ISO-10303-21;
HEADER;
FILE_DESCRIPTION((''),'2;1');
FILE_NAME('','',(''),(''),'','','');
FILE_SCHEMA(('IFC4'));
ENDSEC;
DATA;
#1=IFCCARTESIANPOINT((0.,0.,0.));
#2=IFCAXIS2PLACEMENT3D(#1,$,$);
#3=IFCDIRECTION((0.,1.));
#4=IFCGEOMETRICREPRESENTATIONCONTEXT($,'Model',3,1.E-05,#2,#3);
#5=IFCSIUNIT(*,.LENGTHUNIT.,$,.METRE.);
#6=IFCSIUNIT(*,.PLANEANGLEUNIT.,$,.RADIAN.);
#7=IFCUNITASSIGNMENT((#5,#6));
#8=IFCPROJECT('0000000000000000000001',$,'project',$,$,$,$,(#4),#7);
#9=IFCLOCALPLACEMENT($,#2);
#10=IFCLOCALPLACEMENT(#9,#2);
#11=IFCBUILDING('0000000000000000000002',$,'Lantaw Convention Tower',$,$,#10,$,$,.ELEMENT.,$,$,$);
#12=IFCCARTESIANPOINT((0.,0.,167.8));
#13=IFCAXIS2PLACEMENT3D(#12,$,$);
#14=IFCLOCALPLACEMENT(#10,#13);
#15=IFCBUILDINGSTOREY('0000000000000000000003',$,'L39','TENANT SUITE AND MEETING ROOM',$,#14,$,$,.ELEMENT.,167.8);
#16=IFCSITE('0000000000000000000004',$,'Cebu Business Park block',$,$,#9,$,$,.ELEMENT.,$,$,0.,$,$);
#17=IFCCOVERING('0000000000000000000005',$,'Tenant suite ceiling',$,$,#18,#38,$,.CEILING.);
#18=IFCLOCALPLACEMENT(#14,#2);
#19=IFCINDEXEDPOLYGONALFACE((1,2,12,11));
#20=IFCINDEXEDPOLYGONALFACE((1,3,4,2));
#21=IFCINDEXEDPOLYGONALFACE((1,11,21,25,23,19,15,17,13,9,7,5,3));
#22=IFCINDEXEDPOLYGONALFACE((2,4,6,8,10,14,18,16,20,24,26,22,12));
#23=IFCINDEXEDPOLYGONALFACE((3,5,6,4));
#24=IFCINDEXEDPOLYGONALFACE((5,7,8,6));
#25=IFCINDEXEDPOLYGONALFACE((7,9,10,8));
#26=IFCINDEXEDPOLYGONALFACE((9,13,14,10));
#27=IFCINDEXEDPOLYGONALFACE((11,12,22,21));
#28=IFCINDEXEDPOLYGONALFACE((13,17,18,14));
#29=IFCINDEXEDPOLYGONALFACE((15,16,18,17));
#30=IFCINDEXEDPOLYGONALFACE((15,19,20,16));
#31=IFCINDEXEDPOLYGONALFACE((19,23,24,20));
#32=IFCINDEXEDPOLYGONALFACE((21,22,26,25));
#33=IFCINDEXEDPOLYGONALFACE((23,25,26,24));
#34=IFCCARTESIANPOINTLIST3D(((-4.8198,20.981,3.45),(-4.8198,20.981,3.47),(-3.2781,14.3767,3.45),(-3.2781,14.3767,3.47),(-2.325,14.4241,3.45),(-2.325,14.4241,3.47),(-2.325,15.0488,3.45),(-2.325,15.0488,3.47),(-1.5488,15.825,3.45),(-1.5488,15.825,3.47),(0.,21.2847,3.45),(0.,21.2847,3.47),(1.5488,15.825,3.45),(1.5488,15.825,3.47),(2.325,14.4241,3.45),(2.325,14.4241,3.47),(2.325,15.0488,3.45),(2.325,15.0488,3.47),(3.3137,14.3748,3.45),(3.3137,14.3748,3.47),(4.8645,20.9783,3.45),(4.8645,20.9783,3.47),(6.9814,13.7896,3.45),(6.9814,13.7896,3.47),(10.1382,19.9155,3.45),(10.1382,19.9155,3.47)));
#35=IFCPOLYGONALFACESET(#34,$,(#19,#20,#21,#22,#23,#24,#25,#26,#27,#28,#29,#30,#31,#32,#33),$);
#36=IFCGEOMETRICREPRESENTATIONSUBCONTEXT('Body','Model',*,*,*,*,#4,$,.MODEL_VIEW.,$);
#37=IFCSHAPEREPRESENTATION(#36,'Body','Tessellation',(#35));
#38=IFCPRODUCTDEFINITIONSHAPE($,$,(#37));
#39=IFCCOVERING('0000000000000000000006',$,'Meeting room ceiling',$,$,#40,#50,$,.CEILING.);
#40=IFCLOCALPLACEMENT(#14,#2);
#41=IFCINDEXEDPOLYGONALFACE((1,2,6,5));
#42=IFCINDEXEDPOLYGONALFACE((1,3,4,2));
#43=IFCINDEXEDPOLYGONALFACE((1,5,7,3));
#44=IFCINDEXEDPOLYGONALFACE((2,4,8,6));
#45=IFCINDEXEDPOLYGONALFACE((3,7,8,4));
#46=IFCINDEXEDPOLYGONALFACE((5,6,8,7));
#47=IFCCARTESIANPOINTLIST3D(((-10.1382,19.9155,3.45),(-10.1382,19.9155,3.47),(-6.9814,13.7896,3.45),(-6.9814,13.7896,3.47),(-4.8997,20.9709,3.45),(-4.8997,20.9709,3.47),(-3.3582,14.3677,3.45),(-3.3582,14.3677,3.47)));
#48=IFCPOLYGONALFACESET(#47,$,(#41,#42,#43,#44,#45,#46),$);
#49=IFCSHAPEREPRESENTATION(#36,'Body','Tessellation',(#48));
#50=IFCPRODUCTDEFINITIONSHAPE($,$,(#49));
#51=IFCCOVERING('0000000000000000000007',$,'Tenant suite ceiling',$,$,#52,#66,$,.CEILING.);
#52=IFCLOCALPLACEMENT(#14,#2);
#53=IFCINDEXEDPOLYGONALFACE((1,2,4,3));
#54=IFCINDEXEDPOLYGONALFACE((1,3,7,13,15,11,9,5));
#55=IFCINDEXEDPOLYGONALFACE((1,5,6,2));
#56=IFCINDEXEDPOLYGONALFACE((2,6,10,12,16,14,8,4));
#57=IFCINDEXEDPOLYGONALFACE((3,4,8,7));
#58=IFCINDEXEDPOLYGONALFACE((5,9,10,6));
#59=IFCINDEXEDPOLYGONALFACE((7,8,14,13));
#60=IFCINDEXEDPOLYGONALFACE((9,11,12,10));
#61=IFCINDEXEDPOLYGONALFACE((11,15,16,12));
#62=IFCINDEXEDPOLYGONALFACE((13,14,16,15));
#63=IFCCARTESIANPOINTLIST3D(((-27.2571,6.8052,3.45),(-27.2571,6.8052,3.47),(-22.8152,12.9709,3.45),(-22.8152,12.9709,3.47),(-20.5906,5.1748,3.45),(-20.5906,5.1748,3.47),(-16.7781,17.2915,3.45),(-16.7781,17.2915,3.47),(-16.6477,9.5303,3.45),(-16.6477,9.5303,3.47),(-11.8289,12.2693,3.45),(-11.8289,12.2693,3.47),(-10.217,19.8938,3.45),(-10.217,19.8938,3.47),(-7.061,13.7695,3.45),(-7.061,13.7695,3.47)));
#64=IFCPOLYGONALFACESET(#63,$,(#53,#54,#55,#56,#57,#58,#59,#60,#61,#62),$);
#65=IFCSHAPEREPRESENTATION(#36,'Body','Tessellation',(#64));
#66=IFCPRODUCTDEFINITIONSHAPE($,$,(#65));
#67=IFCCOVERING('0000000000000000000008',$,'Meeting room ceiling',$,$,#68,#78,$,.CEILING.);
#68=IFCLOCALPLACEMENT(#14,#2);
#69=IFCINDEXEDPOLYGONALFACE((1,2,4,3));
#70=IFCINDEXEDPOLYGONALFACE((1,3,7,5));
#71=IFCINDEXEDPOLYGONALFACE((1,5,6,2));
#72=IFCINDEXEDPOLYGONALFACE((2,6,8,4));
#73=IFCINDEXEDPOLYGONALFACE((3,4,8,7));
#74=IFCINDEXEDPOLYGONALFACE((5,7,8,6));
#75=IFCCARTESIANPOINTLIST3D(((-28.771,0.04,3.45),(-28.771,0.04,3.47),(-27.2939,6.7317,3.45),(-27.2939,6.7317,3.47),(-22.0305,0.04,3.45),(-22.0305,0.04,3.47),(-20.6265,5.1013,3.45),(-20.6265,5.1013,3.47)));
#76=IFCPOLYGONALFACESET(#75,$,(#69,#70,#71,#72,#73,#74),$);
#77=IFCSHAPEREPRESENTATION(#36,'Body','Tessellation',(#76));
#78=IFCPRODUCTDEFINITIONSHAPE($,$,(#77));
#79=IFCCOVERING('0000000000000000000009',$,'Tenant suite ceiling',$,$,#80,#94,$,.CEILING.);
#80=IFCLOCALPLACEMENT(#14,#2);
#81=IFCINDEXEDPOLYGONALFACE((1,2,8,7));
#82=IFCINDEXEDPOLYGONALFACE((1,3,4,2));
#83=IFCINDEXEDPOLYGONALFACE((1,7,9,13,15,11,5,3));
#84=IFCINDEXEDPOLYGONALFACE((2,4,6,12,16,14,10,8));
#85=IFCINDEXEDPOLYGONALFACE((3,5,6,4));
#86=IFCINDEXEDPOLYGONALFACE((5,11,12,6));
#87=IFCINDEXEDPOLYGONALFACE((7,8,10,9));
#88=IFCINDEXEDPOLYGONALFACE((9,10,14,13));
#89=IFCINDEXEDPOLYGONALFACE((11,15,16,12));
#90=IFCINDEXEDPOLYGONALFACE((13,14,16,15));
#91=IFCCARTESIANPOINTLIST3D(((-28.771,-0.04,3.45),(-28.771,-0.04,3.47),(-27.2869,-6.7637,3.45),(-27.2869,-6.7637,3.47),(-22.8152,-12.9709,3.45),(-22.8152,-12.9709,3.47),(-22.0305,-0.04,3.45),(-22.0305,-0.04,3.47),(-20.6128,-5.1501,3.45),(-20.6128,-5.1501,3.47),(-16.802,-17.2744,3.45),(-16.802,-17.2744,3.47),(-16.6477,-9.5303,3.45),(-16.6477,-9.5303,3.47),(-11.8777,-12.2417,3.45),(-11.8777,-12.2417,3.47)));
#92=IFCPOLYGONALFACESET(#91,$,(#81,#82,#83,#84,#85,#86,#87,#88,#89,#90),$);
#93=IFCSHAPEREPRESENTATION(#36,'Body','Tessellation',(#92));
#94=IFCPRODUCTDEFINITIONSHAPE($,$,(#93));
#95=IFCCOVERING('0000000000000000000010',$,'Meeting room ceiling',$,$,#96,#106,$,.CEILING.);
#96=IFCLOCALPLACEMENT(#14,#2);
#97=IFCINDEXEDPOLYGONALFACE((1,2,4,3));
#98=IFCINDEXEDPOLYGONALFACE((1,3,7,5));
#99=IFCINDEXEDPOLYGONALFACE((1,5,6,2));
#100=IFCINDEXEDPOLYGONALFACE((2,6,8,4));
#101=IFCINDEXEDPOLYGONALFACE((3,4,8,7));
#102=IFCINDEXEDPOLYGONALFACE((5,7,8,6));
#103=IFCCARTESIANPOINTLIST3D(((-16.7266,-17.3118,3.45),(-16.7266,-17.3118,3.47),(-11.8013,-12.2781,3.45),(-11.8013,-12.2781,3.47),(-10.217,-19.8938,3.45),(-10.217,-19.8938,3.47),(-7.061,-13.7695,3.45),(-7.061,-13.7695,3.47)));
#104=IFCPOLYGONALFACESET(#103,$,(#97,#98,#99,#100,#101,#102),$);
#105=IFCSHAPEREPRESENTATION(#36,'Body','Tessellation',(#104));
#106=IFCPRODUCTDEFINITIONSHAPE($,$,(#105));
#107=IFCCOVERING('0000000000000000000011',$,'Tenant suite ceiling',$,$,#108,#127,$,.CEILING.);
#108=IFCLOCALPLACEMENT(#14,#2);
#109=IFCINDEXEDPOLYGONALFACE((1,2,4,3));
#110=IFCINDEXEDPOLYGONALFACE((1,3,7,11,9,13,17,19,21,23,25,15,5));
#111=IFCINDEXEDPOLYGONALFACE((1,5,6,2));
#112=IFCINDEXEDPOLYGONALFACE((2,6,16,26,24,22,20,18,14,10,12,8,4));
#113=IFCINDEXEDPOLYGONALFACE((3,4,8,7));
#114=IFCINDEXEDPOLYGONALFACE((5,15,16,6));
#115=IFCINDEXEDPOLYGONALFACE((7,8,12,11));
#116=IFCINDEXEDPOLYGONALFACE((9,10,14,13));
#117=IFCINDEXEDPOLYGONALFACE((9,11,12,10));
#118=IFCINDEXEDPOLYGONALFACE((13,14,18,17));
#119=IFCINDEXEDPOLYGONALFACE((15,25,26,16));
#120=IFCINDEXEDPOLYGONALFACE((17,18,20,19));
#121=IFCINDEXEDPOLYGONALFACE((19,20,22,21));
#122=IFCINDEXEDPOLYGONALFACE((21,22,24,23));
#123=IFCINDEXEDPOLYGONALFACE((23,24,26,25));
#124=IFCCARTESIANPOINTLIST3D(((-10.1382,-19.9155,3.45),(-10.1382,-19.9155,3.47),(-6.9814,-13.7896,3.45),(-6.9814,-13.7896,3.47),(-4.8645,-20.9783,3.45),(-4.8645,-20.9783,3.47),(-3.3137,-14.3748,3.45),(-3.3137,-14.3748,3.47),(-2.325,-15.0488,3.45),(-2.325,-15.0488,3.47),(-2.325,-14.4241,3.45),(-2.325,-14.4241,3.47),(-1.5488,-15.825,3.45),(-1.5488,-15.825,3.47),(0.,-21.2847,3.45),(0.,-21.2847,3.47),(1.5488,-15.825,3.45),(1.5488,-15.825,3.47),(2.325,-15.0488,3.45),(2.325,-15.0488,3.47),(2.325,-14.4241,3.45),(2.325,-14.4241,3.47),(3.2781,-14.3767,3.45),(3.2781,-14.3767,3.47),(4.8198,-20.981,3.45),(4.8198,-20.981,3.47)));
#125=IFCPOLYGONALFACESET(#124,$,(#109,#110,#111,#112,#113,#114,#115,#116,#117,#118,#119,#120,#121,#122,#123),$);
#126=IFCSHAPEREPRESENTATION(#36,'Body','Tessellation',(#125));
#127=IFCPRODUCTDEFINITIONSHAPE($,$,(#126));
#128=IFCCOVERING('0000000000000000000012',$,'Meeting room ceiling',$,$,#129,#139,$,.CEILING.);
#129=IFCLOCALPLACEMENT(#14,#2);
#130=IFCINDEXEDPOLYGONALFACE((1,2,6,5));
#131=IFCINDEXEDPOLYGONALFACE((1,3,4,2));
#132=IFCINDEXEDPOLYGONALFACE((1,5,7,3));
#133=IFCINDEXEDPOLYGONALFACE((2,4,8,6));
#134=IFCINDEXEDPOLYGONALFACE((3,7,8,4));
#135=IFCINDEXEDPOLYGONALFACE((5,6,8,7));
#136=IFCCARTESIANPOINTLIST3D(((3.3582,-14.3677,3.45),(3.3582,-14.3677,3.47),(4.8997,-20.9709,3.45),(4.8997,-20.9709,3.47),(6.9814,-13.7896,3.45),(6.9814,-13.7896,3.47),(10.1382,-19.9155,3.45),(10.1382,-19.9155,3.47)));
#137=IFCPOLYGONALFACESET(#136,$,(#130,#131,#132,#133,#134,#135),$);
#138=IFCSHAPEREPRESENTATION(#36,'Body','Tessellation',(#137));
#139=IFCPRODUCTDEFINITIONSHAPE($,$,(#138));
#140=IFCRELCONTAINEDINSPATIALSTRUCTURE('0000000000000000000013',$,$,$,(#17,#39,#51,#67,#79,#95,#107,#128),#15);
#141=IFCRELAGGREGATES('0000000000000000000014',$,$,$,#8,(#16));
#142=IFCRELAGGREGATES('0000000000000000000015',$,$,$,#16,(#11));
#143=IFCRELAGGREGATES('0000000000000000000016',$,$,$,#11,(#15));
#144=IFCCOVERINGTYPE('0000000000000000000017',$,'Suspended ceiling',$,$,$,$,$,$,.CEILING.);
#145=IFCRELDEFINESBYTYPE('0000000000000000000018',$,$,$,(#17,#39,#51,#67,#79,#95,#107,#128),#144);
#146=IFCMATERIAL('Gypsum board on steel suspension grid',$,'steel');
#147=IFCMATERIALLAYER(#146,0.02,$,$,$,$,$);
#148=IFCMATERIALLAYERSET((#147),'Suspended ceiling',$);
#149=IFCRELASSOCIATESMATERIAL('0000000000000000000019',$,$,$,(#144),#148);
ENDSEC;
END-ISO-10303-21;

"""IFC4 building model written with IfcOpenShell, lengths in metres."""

from ifc_helpers import new_model, si_unit, direction, frame, origin, place, context, subcontext, project, spatial, polyline, outline, extrude, material, layer, layer_set, type_object, element, save


model = new_model("IFC4")

# Units and contexts
model_context = context("Model", 3, precision=1e-05, world=origin(), true_north=direction((0.0, 1.0)))
body_context = subcontext(model_context, "Body", "Model", "MODEL_VIEW")
ifc_project = project(units=[si_unit("LENGTHUNIT", "METRE"), si_unit("PLANEANGLEUNIT", "RADIAN")], contexts=[model_context])

# Site, building, storey
site_placement = place(None, origin())
site = spatial("IfcSite", under=ifc_project, at=site_placement, Name="Cebu Business Park block", CompositionType="ELEMENT", RefElevation=0.0)
building_placement = place(site_placement, origin())
building = spatial("IfcBuilding", under=site, at=building_placement, Name="Lantaw Convention Tower", CompositionType="ELEMENT")
storey_placement = place(building_placement, frame((0.0, 0.0, 167.8)))
storey = spatial("IfcBuildingStorey", under=building, at=storey_placement, Name="L39", Description="TENANT SUITE AND MEETING ROOM", CompositionType="ELEMENT", Elevation=167.8)

# Coverings
ifc_material_1 = material(Name="Gypsum board on steel suspension grid", Category="steel")
ifc_layer_1 = layer(ifc_material_1, 0.02)
ifc_layer_set_1 = layer_set([ifc_layer_1], Name="Suspended ceiling")
covering_type = type_object("IfcCoveringType", Name="Suspended ceiling", PredefinedType="CEILING", material=ifc_layer_set_1)
covering_1_placement = place(storey_placement, frame((0.0, 0.0, 3.45)))
element("IfcCovering", 1, at=covering_1_placement, inside=storey, type_object=covering_type, Name="Tenant suite ceiling", PredefinedType="CEILING", context=body_context, shape_type="SweptSolid", body=[
    extrude(outline(polyline([(3.3137, 14.3748), (6.9814, 13.7896), (10.1382, 19.9155), (4.8645, 20.9783), (0.0, 21.2847), (-4.8198, 20.981), (-3.2781, 14.3767), (-2.325, 14.4241), (-2.325, 15.0488), (-1.5488, 15.825), (1.5488, 15.825), (2.325, 15.0488), (2.325, 14.4241), (3.3137, 14.3748)])), origin(), (0.0, 0.0, 1.0), 0.02),
])
covering_2_placement = place(storey_placement, frame((0.0, 0.0, 3.45)))
element("IfcCovering", 2, at=covering_2_placement, inside=storey, type_object=covering_type, Name="Meeting room ceiling", PredefinedType="CEILING", context=body_context, shape_type="SweptSolid", body=[
    extrude(outline(polyline([(-3.3582, 14.3677), (-4.8997, 20.9709), (-10.1382, 19.9155), (-6.9814, 13.7896), (-3.3582, 14.3677)])), origin(), (0.0, 0.0, 1.0), 0.02),
])
covering_3_placement = place(storey_placement, frame((0.0, 0.0, 3.45)))
element("IfcCovering", 3, at=covering_3_placement, inside=storey, type_object=covering_type, Name="Tenant suite ceiling", PredefinedType="CEILING", context=body_context, shape_type="SweptSolid", body=[
    extrude(outline(polyline([(-7.061, 13.7695), (-10.217, 19.8938), (-16.7781, 17.2915), (-22.8152, 12.9709), (-27.2571, 6.8052), (-20.5906, 5.1748), (-16.6477, 9.5303), (-11.8289, 12.2693), (-7.061, 13.7695)])), origin(), (0.0, 0.0, 1.0), 0.02),
])
covering_4_placement = place(storey_placement, frame((0.0, 0.0, 3.45)))
element("IfcCovering", 4, at=covering_4_placement, inside=storey, type_object=covering_type, Name="Meeting room ceiling", PredefinedType="CEILING", context=body_context, shape_type="SweptSolid", body=[
    extrude(outline(polyline([(-20.6265, 5.1013), (-27.2939, 6.7317), (-28.771, 0.04), (-22.0305, 0.04), (-20.6265, 5.1013)])), origin(), (0.0, 0.0, 1.0), 0.02),
])
covering_5_placement = place(storey_placement, frame((0.0, 0.0, 3.45)))
element("IfcCovering", 5, at=covering_5_placement, inside=storey, type_object=covering_type, Name="Tenant suite ceiling", PredefinedType="CEILING", context=body_context, shape_type="SweptSolid", body=[
    extrude(outline(polyline([(-22.0305, -0.04), (-28.771, -0.04), (-27.2869, -6.7637), (-22.8152, -12.9709), (-16.802, -17.2744), (-11.8777, -12.2417), (-16.6477, -9.5303), (-20.6128, -5.1501), (-22.0305, -0.04)])), origin(), (0.0, 0.0, 1.0), 0.02),
])
covering_6_placement = place(storey_placement, frame((0.0, 0.0, 3.45)))
element("IfcCovering", 6, at=covering_6_placement, inside=storey, type_object=covering_type, Name="Meeting room ceiling", PredefinedType="CEILING", context=body_context, shape_type="SweptSolid", body=[
    extrude(outline(polyline([(-11.8013, -12.2781), (-16.7266, -17.3118), (-10.217, -19.8938), (-7.061, -13.7695), (-11.8013, -12.2781)])), origin(), (0.0, 0.0, 1.0), 0.02),
])
covering_7_placement = place(storey_placement, frame((0.0, 0.0, 3.45)))
element("IfcCovering", 7, at=covering_7_placement, inside=storey, type_object=covering_type, Name="Tenant suite ceiling", PredefinedType="CEILING", context=body_context, shape_type="SweptSolid", body=[
    extrude(outline(polyline([(-3.3137, -14.3748), (-6.9814, -13.7896), (-10.1382, -19.9155), (-4.8645, -20.9783), (0.0, -21.2847), (4.8198, -20.981), (3.2781, -14.3767), (2.325, -14.4241), (2.325, -15.0488), (1.5488, -15.825), (-1.5488, -15.825), (-2.325, -15.0488), (-2.325, -14.4241), (-3.3137, -14.3748)])), origin(), (0.0, 0.0, 1.0), 0.02),
])
covering_8_placement = place(storey_placement, frame((0.0, 0.0, 3.45)))
element("IfcCovering", 8, at=covering_8_placement, inside=storey, type_object=covering_type, Name="Meeting room ceiling", PredefinedType="CEILING", context=body_context, shape_type="SweptSolid", body=[
    extrude(outline(polyline([(3.3582, -14.3677), (4.8997, -20.9709), (10.1382, -19.9155), (6.9814, -13.7896), (3.3582, -14.3677)])), origin(), (0.0, 0.0, 1.0), 0.02),
])

save(model, "model.ifc")
